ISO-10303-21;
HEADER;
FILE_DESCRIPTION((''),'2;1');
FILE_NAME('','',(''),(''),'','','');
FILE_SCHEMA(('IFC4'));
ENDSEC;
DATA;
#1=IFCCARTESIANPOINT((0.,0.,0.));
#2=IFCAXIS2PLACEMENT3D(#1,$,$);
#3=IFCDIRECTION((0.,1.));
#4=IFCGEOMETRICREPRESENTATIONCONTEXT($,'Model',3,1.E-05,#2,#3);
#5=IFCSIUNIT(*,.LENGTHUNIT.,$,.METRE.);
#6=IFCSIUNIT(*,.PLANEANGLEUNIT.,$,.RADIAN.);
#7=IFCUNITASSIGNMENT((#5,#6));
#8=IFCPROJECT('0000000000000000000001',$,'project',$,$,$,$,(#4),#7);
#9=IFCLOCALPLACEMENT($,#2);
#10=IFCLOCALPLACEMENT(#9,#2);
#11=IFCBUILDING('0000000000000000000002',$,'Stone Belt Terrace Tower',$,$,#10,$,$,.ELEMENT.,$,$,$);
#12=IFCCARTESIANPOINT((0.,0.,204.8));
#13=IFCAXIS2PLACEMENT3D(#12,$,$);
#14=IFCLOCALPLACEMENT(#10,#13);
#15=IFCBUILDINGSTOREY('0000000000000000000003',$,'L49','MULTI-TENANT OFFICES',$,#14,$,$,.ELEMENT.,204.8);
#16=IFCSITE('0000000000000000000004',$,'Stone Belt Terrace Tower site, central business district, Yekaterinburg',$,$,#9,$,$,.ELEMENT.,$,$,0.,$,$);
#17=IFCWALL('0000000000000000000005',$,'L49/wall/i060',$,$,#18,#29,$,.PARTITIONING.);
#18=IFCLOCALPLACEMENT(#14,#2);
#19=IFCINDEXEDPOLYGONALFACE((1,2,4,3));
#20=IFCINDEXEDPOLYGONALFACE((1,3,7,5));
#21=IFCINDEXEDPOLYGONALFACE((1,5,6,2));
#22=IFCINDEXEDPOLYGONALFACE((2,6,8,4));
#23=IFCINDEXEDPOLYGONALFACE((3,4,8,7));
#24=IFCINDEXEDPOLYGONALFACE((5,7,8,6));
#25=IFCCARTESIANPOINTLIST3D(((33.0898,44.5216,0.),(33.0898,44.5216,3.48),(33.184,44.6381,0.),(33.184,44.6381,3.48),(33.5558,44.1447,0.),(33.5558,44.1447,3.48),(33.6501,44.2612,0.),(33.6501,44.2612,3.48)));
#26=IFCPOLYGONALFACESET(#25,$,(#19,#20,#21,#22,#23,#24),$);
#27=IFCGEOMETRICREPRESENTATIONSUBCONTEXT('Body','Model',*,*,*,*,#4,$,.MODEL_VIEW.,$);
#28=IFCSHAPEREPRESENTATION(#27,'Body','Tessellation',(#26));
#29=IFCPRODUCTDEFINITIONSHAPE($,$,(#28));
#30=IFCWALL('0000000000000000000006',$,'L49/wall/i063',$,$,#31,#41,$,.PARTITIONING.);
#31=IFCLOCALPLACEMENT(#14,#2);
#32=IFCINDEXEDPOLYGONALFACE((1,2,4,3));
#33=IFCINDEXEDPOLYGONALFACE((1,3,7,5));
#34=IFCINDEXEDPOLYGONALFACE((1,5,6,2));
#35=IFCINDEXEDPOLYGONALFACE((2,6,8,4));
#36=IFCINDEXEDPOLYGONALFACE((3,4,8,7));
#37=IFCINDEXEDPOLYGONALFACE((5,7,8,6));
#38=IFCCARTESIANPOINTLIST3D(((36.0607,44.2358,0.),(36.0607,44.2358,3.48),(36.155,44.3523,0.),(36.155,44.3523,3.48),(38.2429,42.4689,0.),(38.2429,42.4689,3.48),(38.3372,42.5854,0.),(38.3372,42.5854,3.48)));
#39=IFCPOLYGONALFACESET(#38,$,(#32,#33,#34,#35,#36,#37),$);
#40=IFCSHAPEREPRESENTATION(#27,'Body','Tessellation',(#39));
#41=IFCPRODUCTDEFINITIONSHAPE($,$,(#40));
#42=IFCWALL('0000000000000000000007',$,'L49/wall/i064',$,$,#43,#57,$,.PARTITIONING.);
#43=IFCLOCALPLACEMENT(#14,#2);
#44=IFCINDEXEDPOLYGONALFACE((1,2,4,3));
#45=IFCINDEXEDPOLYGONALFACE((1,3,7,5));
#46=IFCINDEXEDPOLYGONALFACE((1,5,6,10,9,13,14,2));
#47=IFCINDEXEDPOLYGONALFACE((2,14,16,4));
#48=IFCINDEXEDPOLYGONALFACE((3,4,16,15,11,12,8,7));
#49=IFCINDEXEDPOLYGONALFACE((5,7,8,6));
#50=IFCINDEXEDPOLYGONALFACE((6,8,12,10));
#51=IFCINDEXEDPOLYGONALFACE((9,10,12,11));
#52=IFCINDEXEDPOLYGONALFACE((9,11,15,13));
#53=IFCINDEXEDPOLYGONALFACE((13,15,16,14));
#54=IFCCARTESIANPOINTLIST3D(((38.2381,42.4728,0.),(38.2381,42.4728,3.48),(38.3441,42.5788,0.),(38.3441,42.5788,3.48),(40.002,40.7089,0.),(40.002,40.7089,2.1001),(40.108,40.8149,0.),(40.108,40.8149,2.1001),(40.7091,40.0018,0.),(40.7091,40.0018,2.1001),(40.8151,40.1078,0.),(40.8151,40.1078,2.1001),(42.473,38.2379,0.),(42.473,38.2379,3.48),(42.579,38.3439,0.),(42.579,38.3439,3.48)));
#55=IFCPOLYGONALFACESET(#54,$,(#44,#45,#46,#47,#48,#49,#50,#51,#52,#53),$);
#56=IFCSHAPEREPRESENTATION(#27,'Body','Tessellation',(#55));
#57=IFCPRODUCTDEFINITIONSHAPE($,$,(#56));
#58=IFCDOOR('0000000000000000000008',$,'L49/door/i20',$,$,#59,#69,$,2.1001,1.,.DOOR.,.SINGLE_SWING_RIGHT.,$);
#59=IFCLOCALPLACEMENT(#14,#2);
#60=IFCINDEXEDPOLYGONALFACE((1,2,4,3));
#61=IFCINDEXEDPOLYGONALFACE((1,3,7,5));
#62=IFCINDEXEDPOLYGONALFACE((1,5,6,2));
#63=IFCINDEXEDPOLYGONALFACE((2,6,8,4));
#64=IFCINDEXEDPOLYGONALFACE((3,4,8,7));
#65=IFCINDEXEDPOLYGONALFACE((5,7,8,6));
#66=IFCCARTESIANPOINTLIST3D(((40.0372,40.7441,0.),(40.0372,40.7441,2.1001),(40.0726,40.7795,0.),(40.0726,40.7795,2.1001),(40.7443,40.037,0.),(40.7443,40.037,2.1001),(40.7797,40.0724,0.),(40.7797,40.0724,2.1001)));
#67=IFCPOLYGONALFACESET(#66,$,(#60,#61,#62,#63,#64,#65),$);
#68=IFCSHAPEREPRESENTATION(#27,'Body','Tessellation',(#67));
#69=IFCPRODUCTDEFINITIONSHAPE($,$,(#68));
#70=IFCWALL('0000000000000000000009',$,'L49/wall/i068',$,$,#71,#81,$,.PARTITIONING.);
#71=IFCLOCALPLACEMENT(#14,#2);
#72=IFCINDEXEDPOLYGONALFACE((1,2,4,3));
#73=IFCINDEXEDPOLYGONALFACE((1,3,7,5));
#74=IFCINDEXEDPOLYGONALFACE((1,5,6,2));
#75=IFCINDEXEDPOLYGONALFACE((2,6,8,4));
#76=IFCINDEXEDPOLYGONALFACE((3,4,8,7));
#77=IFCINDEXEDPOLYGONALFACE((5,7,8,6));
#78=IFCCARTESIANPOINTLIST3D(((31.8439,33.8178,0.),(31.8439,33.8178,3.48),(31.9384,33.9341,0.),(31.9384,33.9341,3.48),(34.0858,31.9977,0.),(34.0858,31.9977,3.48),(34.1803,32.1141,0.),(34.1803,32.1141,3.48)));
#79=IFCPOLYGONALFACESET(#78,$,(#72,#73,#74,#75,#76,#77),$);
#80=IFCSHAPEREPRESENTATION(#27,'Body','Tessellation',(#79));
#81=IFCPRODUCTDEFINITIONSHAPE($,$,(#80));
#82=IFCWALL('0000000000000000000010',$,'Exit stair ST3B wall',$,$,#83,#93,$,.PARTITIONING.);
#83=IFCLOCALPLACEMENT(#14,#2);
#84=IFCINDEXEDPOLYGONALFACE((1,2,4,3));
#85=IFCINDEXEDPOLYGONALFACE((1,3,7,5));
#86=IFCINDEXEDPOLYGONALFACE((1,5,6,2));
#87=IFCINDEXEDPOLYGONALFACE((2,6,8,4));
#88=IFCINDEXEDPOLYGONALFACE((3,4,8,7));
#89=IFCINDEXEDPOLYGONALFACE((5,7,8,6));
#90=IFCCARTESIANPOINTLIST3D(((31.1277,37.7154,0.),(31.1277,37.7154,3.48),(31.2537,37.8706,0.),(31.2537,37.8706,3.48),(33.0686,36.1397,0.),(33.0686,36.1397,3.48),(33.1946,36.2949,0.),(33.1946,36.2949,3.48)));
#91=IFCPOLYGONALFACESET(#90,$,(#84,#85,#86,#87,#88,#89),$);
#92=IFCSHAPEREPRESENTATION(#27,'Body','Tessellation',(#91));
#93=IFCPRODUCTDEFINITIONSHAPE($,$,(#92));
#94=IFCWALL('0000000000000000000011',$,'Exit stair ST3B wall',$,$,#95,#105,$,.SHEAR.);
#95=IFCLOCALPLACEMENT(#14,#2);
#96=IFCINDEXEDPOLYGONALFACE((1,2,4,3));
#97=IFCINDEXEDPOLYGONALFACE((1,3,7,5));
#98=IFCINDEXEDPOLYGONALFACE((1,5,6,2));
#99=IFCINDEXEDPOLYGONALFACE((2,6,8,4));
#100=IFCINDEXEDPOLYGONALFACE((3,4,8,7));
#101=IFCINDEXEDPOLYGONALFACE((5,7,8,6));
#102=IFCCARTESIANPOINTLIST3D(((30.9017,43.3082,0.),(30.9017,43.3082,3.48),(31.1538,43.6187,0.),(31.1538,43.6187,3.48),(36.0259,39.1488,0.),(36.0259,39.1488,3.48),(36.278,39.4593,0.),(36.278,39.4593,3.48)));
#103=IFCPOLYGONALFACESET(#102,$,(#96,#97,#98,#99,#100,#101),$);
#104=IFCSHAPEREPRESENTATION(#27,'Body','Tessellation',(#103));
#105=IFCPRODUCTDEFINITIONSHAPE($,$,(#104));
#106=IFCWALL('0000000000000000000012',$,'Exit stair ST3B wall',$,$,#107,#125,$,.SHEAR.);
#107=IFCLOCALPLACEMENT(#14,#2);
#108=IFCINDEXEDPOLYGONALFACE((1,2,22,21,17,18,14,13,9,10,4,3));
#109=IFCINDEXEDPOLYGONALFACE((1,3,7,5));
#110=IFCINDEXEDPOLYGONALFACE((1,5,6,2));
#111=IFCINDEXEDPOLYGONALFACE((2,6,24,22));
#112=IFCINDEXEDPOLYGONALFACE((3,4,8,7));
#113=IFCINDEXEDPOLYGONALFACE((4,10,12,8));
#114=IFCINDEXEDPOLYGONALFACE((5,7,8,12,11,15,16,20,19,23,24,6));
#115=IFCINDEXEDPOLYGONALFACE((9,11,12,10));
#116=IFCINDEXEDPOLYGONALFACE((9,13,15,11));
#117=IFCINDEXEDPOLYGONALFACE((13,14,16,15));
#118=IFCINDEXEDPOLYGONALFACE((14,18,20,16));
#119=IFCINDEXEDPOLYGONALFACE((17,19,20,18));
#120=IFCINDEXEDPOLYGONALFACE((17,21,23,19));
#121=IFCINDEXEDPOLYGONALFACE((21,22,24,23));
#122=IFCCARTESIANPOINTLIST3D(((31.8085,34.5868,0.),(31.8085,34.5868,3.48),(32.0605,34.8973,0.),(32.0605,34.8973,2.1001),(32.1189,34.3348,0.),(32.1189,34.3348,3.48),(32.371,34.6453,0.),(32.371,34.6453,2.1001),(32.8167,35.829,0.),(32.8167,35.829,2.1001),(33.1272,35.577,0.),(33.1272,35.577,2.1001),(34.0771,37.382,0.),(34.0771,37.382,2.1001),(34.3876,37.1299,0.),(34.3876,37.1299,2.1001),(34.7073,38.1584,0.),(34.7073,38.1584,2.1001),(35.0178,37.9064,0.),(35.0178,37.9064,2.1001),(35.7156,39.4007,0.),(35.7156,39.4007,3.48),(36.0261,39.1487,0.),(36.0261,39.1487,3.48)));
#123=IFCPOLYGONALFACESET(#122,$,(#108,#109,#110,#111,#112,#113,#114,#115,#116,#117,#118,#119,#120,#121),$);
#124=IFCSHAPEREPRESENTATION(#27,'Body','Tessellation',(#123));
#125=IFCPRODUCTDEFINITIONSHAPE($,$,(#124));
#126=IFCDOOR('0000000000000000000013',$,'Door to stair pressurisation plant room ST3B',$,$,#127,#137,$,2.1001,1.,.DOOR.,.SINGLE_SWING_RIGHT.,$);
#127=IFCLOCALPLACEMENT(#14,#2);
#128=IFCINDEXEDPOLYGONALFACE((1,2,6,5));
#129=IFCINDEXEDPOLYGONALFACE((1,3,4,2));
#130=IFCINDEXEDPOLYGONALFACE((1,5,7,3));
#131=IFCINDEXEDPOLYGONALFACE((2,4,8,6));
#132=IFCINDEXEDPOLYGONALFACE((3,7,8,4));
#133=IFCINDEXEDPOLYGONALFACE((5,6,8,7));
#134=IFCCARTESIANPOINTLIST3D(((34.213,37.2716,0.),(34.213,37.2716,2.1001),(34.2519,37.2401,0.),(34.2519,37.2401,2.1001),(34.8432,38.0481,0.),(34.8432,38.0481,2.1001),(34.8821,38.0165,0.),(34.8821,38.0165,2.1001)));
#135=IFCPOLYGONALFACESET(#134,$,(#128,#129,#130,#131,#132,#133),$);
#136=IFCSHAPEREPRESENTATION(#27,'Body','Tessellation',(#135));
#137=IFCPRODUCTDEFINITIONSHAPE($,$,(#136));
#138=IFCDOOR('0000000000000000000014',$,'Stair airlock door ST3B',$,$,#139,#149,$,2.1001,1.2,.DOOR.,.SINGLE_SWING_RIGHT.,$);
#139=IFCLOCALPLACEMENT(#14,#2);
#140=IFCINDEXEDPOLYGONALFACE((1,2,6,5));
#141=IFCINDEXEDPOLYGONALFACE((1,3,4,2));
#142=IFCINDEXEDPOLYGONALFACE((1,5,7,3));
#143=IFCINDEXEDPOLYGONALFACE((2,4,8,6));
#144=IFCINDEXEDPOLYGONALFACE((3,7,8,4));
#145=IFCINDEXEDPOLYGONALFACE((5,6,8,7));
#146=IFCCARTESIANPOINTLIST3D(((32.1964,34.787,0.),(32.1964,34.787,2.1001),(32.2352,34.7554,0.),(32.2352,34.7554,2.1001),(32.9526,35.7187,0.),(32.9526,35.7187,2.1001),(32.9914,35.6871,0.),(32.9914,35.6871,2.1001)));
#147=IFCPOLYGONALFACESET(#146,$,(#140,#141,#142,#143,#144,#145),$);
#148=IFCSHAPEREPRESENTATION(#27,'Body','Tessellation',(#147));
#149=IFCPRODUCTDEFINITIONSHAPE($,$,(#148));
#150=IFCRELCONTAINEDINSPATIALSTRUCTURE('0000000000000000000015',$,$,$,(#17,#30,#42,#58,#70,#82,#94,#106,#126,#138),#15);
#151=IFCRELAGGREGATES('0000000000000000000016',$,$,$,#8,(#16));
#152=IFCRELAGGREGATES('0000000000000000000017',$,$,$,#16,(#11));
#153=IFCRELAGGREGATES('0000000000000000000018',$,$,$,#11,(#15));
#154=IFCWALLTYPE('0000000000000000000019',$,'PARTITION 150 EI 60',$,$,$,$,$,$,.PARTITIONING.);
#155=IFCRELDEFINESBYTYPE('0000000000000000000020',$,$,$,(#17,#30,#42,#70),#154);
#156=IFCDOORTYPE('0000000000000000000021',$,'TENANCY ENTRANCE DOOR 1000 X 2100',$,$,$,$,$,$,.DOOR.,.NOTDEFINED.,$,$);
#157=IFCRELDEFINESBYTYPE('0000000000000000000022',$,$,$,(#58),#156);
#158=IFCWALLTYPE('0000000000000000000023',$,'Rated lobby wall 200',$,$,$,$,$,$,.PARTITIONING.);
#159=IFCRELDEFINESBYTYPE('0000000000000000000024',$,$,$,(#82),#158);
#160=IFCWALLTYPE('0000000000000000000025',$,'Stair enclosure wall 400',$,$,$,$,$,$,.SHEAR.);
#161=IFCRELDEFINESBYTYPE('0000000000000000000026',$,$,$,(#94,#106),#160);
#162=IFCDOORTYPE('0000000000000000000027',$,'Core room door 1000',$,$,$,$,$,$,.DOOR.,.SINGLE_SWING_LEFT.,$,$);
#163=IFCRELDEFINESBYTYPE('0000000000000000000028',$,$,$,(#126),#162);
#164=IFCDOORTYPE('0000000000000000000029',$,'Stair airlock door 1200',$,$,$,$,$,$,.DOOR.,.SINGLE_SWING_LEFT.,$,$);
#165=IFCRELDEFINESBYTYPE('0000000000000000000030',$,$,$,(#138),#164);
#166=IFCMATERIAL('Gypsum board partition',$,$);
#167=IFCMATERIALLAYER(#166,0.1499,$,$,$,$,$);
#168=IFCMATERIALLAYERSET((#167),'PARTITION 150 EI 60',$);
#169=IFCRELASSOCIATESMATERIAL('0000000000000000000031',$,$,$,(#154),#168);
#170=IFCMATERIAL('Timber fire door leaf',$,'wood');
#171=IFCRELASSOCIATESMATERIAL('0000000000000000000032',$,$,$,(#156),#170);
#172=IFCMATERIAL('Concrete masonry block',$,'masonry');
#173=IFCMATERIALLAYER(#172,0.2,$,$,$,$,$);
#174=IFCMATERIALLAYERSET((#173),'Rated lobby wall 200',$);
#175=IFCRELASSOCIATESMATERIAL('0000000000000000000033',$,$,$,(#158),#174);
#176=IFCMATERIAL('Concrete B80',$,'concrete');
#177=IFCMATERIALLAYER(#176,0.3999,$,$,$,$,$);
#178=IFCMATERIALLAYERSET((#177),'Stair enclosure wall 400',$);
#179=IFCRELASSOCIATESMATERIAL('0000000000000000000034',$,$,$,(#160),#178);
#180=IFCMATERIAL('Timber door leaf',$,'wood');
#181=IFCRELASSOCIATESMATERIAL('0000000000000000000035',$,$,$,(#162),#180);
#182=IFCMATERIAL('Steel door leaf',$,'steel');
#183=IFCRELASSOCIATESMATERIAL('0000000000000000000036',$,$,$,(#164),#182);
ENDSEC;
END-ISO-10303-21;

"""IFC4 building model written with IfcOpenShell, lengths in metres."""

from ifc_helpers import new_model, si_unit, direction, frame, frame_2d, origin, place, context, subcontext, project, spatial, rectangle, extrude, material, layer, layer_set, type_object, element, fill, save


model = new_model("IFC4")

# Units and contexts
model_context = context("Model", 3, precision=1e-05, world=origin(), true_north=direction((0.0, 1.0)))
body_context = subcontext(model_context, "Body", "Model", "MODEL_VIEW")
ifc_project = project(units=[si_unit("LENGTHUNIT", "METRE"), si_unit("PLANEANGLEUNIT", "RADIAN")], contexts=[model_context])

# Site, building, storey
site_placement = place(None, origin())
site = spatial("IfcSite", under=ifc_project, at=site_placement, Name="Stone Belt Terrace Tower site, central business district, Yekaterinburg", CompositionType="ELEMENT", RefElevation=0.0)
building_placement = place(site_placement, origin())
building = spatial("IfcBuilding", under=site, at=building_placement, Name="Stone Belt Terrace Tower", CompositionType="ELEMENT")
storey_placement = place(building_placement, frame((0.0, 0.0, 204.8)))
storey = spatial("IfcBuildingStorey", under=building, at=storey_placement, Name="L49", Description="MULTI-TENANT OFFICES", CompositionType="ELEMENT", Elevation=204.8)

# Walls
ifc_material_1 = material(Name="Gypsum board partition")
ifc_layer_1 = layer(ifc_material_1, 0.1499)
ifc_layer_set_1 = layer_set([ifc_layer_1], Name="PARTITION 150 EI 60")
wall_type_1 = type_object("IfcWallType", Name="PARTITION 150 EI 60", PredefinedType="PARTITIONING", material=ifc_layer_set_1)
wall_1_placement = place(storey_placement, frame((33.603, 44.2029, 0.0), z_axis=(0.0, 0.0, 1.0), x_axis=(-0.77752, 0.628858, 0.0)))
element("IfcWall", 1, at=wall_1_placement, inside=storey, type_object=wall_type_1, Name="L49/wall/i060", PredefinedType="PARTITIONING", context=body_context, shape_type="SweptSolid", body=[
    extrude(rectangle(XDim=0.5994, YDim=0.1499, at=frame_2d((0.2998, 0.0))), origin(), (0.0, 0.0, 1.0), 3.48),
])
wall_2_placement = place(storey_placement, frame((36.1079, 44.2939, 0.0), z_axis=(0.0, 0.0, 1.0), x_axis=(0.777182, -0.629276, 0.0)))
element("IfcWall", 2, at=wall_2_placement, inside=storey, type_object=wall_type_1, Name="L49/wall/i063", PredefinedType="PARTITIONING", context=body_context, shape_type="SweptSolid", body=[
    extrude(rectangle(XDim=2.8079, YDim=0.1499, at=frame_2d((1.4038, 0.0))), origin(), (0.0, 0.0, 1.0), 3.48),
])

# Wall, opening, door
wall_3_placement = place(storey_placement, frame((38.291, 42.5259, 0.0), z_axis=(0.0, 0.0, 1.0), x_axis=(0.707107, -0.707107, 0.0)))
wall_3 = element("IfcWall", 3, at=wall_3_placement, inside=storey, type_object=wall_type_1, Name="L49/wall/i064", PredefinedType="PARTITIONING", context=body_context, shape_type="SweptSolid", body=[
    extrude(rectangle(XDim=5.989, YDim=0.1499, at=frame_2d((2.9946, 0.0))), origin(), (0.0, 0.0, 1.0), 3.48),
])
opening_1_placement = place(wall_3_placement, frame((2.4946, 0.0, 0.0)))
opening_1 = element("IfcOpeningElement", 4, at=opening_1_placement, cuts=wall_3, PredefinedType="OPENING", context=body_context, shape_type="SweptSolid", body=[
    extrude(rectangle(XDim=1.0, YDim=2.1001, at=frame_2d((0.5, 1.05))), frame((0.0, 0.085, 0.0), z_axis=(0.0, -1.0, 0.0), x_axis=(1.0, 0.0, 0.0)), (0.0, 0.0, 1.0), 0.1699),
])
ifc_material_2 = material(Name="Timber fire door leaf", Category="wood")
door_type_1 = type_object("IfcDoorType", Name="TENANCY ENTRANCE DOOR 1000 X 2100", OperationType="NOTDEFINED", PredefinedType="DOOR", material=ifc_material_2)
door_1_placement = place(opening_1_placement, origin())
door_1 = element("IfcDoor", 5, at=door_1_placement, inside=storey, type_object=door_type_1, Name="L49/door/i20", OperationType="SINGLE_SWING_RIGHT", OverallHeight=2.1001, OverallWidth=1.0, PredefinedType="DOOR", context=body_context, shape_type="SweptSolid", body=[
    extrude(rectangle(XDim=1.0, YDim=2.1001, at=frame_2d((0.5, 1.05))), frame((0.0, 0.0249, 0.0), z_axis=(0.0, -1.0, 0.0), x_axis=(1.0, 0.0, 0.0)), (0.0, 0.0, 1.0), 0.05),
])
fill(opening_1, door_1)

# Walls
wall_4_placement = place(storey_placement, frame((34.1331, 32.0559, 0.0), z_axis=(0.0, 0.0, 1.0), x_axis=(-0.77637, 0.630277, 0.0)))
element("IfcWall", 6, at=wall_4_placement, inside=storey, type_object=wall_type_1, Name="L49/wall/i068", PredefinedType="PARTITIONING", context=body_context, shape_type="SweptSolid", body=[
    extrude(rectangle(XDim=2.8877, YDim=0.1499, at=frame_2d((1.4438, 0.0))), origin(), (0.0, 0.0, 1.0), 3.48),
])
ifc_material_3 = material(Name="Concrete masonry block", Category="masonry")
ifc_layer_2 = layer(ifc_material_3, 0.2)
ifc_layer_set_2 = layer_set([ifc_layer_2], Name="Rated lobby wall 200")
wall_type_2 = type_object("IfcWallType", Name="Rated lobby wall 200", PredefinedType="PARTITIONING", material=ifc_layer_set_2)
wall_5_placement = place(storey_placement, frame((31.1907, 37.793, 0.0), z_axis=(0.0, 0.0, 1.0), x_axis=(0.776371, -0.630276, 0.0)))
element("IfcWall", 7, at=wall_5_placement, inside=storey, type_object=wall_type_2, Name="Exit stair ST3B wall", PredefinedType="PARTITIONING", context=body_context, shape_type="SweptSolid", body=[
    extrude(rectangle(XDim=2.5, YDim=0.2, at=frame_2d((1.25, 0.0))), origin(), (0.0, 0.0, 1.0), 3.48),
])
ifc_material_4 = material(Name="Concrete B80", Category="concrete")
ifc_layer_3 = layer(ifc_material_4, 0.3999)
ifc_layer_set_3 = layer_set([ifc_layer_3], Name="Stair enclosure wall 400")
wall_type_3 = type_object("IfcWallType", Name="Stair enclosure wall 400", PredefinedType="SHEAR", material=ifc_layer_set_3)
wall_6_placement = place(storey_placement, frame((31.0278, 43.4634, 0.0), z_axis=(0.0, 0.0, 1.0), x_axis=(0.776414, -0.630224, 0.0)))
element("IfcWall", 8, at=wall_6_placement, inside=storey, type_object=wall_type_3, Name="Exit stair ST3B wall", PredefinedType="SHEAR", context=body_context, shape_type="SweptSolid", body=[
    extrude(rectangle(XDim=6.5999, YDim=0.3999, at=frame_2d((3.2998, 0.0))), origin(), (0.0, 0.0, 1.0), 3.48),
])

# Wall, openings, doors
wall_7_placement = place(storey_placement, frame((31.9636, 34.4607, 0.0), z_axis=(0.0, 0.0, 1.0), x_axis=(0.630192, 0.776439, 0.0)))
wall_7 = element("IfcWall", 9, at=wall_7_placement, inside=storey, type_object=wall_type_3, Name="Exit stair ST3B wall", PredefinedType="SHEAR", context=body_context, shape_type="SweptSolid", body=[
    extrude(rectangle(XDim=6.2, YDim=0.3999, at=frame_2d((3.1001, 0.0))), origin(), (0.0, 0.0, 1.0), 3.48),
])
opening_2_placement = place(wall_7_placement, frame((0.3999, 0.0, 0.0)))
opening_2 = element("IfcOpeningElement", 10, at=opening_2_placement, cuts=wall_7, PredefinedType="OPENING", context=body_context, shape_type="SweptSolid", body=[
    extrude(rectangle(XDim=1.2, YDim=2.1001, at=frame_2d((0.6001, 1.05))), frame((0.0, 0.21, 0.0), z_axis=(0.0, -1.0, 0.0), x_axis=(1.0, 0.0, 0.0)), (0.0, 0.0, 1.0), 0.4199),
])
opening_3_placement = place(wall_7_placement, frame((3.6001, 0.0, 0.0)))
opening_3 = element("IfcOpeningElement", 11, at=opening_3_placement, cuts=wall_7, PredefinedType="OPENING", context=body_context, shape_type="SweptSolid", body=[
    extrude(rectangle(XDim=1.0, YDim=2.1001, at=frame_2d((0.5, 1.05))), frame((0.0, 0.21, 0.0), z_axis=(0.0, -1.0, 0.0), x_axis=(1.0, 0.0, 0.0)), (0.0, 0.0, 1.0), 0.4199),
])
ifc_material_5 = material(Name="Timber door leaf", Category="wood")
door_type_2 = type_object("IfcDoorType", Name="Core room door 1000", OperationType="SINGLE_SWING_LEFT", PredefinedType="DOOR", material=ifc_material_5)
door_2_placement = place(opening_3_placement, origin())
door_2 = element("IfcDoor", 12, at=door_2_placement, inside=storey, type_object=door_type_2, Name="Door to stair pressurisation plant room ST3B", OperationType="SINGLE_SWING_RIGHT", OverallHeight=2.1001, OverallWidth=1.0, PredefinedType="DOOR", context=body_context, shape_type="SweptSolid", body=[
    extrude(rectangle(XDim=1.0, YDim=2.1001, at=frame_2d((0.5, 1.05))), frame((0.0, 0.0249, 0.0), z_axis=(0.0, -1.0, 0.0), x_axis=(1.0, 0.0, 0.0)), (0.0, 0.0, 1.0), 0.05),
])
fill(opening_3, door_2)
ifc_material_6 = material(Name="Steel door leaf", Category="steel")
door_type_3 = type_object("IfcDoorType", Name="Stair airlock door 1200", OperationType="SINGLE_SWING_LEFT", PredefinedType="DOOR", material=ifc_material_6)
door_3_placement = place(opening_2_placement, origin())
door_3 = element("IfcDoor", 13, at=door_3_placement, inside=storey, type_object=door_type_3, Name="Stair airlock door ST3B", OperationType="SINGLE_SWING_RIGHT", OverallHeight=2.1001, OverallWidth=1.2, PredefinedType="DOOR", context=body_context, shape_type="SweptSolid", body=[
    extrude(rectangle(XDim=1.2, YDim=2.1001, at=frame_2d((0.6001, 1.05))), frame((0.0, 0.0249, 0.0), z_axis=(0.0, -1.0, 0.0), x_axis=(1.0, 0.0, 0.0)), (0.0, 0.0, 1.0), 0.05),
])
fill(opening_2, door_3)

save(model, "model.ifc")
